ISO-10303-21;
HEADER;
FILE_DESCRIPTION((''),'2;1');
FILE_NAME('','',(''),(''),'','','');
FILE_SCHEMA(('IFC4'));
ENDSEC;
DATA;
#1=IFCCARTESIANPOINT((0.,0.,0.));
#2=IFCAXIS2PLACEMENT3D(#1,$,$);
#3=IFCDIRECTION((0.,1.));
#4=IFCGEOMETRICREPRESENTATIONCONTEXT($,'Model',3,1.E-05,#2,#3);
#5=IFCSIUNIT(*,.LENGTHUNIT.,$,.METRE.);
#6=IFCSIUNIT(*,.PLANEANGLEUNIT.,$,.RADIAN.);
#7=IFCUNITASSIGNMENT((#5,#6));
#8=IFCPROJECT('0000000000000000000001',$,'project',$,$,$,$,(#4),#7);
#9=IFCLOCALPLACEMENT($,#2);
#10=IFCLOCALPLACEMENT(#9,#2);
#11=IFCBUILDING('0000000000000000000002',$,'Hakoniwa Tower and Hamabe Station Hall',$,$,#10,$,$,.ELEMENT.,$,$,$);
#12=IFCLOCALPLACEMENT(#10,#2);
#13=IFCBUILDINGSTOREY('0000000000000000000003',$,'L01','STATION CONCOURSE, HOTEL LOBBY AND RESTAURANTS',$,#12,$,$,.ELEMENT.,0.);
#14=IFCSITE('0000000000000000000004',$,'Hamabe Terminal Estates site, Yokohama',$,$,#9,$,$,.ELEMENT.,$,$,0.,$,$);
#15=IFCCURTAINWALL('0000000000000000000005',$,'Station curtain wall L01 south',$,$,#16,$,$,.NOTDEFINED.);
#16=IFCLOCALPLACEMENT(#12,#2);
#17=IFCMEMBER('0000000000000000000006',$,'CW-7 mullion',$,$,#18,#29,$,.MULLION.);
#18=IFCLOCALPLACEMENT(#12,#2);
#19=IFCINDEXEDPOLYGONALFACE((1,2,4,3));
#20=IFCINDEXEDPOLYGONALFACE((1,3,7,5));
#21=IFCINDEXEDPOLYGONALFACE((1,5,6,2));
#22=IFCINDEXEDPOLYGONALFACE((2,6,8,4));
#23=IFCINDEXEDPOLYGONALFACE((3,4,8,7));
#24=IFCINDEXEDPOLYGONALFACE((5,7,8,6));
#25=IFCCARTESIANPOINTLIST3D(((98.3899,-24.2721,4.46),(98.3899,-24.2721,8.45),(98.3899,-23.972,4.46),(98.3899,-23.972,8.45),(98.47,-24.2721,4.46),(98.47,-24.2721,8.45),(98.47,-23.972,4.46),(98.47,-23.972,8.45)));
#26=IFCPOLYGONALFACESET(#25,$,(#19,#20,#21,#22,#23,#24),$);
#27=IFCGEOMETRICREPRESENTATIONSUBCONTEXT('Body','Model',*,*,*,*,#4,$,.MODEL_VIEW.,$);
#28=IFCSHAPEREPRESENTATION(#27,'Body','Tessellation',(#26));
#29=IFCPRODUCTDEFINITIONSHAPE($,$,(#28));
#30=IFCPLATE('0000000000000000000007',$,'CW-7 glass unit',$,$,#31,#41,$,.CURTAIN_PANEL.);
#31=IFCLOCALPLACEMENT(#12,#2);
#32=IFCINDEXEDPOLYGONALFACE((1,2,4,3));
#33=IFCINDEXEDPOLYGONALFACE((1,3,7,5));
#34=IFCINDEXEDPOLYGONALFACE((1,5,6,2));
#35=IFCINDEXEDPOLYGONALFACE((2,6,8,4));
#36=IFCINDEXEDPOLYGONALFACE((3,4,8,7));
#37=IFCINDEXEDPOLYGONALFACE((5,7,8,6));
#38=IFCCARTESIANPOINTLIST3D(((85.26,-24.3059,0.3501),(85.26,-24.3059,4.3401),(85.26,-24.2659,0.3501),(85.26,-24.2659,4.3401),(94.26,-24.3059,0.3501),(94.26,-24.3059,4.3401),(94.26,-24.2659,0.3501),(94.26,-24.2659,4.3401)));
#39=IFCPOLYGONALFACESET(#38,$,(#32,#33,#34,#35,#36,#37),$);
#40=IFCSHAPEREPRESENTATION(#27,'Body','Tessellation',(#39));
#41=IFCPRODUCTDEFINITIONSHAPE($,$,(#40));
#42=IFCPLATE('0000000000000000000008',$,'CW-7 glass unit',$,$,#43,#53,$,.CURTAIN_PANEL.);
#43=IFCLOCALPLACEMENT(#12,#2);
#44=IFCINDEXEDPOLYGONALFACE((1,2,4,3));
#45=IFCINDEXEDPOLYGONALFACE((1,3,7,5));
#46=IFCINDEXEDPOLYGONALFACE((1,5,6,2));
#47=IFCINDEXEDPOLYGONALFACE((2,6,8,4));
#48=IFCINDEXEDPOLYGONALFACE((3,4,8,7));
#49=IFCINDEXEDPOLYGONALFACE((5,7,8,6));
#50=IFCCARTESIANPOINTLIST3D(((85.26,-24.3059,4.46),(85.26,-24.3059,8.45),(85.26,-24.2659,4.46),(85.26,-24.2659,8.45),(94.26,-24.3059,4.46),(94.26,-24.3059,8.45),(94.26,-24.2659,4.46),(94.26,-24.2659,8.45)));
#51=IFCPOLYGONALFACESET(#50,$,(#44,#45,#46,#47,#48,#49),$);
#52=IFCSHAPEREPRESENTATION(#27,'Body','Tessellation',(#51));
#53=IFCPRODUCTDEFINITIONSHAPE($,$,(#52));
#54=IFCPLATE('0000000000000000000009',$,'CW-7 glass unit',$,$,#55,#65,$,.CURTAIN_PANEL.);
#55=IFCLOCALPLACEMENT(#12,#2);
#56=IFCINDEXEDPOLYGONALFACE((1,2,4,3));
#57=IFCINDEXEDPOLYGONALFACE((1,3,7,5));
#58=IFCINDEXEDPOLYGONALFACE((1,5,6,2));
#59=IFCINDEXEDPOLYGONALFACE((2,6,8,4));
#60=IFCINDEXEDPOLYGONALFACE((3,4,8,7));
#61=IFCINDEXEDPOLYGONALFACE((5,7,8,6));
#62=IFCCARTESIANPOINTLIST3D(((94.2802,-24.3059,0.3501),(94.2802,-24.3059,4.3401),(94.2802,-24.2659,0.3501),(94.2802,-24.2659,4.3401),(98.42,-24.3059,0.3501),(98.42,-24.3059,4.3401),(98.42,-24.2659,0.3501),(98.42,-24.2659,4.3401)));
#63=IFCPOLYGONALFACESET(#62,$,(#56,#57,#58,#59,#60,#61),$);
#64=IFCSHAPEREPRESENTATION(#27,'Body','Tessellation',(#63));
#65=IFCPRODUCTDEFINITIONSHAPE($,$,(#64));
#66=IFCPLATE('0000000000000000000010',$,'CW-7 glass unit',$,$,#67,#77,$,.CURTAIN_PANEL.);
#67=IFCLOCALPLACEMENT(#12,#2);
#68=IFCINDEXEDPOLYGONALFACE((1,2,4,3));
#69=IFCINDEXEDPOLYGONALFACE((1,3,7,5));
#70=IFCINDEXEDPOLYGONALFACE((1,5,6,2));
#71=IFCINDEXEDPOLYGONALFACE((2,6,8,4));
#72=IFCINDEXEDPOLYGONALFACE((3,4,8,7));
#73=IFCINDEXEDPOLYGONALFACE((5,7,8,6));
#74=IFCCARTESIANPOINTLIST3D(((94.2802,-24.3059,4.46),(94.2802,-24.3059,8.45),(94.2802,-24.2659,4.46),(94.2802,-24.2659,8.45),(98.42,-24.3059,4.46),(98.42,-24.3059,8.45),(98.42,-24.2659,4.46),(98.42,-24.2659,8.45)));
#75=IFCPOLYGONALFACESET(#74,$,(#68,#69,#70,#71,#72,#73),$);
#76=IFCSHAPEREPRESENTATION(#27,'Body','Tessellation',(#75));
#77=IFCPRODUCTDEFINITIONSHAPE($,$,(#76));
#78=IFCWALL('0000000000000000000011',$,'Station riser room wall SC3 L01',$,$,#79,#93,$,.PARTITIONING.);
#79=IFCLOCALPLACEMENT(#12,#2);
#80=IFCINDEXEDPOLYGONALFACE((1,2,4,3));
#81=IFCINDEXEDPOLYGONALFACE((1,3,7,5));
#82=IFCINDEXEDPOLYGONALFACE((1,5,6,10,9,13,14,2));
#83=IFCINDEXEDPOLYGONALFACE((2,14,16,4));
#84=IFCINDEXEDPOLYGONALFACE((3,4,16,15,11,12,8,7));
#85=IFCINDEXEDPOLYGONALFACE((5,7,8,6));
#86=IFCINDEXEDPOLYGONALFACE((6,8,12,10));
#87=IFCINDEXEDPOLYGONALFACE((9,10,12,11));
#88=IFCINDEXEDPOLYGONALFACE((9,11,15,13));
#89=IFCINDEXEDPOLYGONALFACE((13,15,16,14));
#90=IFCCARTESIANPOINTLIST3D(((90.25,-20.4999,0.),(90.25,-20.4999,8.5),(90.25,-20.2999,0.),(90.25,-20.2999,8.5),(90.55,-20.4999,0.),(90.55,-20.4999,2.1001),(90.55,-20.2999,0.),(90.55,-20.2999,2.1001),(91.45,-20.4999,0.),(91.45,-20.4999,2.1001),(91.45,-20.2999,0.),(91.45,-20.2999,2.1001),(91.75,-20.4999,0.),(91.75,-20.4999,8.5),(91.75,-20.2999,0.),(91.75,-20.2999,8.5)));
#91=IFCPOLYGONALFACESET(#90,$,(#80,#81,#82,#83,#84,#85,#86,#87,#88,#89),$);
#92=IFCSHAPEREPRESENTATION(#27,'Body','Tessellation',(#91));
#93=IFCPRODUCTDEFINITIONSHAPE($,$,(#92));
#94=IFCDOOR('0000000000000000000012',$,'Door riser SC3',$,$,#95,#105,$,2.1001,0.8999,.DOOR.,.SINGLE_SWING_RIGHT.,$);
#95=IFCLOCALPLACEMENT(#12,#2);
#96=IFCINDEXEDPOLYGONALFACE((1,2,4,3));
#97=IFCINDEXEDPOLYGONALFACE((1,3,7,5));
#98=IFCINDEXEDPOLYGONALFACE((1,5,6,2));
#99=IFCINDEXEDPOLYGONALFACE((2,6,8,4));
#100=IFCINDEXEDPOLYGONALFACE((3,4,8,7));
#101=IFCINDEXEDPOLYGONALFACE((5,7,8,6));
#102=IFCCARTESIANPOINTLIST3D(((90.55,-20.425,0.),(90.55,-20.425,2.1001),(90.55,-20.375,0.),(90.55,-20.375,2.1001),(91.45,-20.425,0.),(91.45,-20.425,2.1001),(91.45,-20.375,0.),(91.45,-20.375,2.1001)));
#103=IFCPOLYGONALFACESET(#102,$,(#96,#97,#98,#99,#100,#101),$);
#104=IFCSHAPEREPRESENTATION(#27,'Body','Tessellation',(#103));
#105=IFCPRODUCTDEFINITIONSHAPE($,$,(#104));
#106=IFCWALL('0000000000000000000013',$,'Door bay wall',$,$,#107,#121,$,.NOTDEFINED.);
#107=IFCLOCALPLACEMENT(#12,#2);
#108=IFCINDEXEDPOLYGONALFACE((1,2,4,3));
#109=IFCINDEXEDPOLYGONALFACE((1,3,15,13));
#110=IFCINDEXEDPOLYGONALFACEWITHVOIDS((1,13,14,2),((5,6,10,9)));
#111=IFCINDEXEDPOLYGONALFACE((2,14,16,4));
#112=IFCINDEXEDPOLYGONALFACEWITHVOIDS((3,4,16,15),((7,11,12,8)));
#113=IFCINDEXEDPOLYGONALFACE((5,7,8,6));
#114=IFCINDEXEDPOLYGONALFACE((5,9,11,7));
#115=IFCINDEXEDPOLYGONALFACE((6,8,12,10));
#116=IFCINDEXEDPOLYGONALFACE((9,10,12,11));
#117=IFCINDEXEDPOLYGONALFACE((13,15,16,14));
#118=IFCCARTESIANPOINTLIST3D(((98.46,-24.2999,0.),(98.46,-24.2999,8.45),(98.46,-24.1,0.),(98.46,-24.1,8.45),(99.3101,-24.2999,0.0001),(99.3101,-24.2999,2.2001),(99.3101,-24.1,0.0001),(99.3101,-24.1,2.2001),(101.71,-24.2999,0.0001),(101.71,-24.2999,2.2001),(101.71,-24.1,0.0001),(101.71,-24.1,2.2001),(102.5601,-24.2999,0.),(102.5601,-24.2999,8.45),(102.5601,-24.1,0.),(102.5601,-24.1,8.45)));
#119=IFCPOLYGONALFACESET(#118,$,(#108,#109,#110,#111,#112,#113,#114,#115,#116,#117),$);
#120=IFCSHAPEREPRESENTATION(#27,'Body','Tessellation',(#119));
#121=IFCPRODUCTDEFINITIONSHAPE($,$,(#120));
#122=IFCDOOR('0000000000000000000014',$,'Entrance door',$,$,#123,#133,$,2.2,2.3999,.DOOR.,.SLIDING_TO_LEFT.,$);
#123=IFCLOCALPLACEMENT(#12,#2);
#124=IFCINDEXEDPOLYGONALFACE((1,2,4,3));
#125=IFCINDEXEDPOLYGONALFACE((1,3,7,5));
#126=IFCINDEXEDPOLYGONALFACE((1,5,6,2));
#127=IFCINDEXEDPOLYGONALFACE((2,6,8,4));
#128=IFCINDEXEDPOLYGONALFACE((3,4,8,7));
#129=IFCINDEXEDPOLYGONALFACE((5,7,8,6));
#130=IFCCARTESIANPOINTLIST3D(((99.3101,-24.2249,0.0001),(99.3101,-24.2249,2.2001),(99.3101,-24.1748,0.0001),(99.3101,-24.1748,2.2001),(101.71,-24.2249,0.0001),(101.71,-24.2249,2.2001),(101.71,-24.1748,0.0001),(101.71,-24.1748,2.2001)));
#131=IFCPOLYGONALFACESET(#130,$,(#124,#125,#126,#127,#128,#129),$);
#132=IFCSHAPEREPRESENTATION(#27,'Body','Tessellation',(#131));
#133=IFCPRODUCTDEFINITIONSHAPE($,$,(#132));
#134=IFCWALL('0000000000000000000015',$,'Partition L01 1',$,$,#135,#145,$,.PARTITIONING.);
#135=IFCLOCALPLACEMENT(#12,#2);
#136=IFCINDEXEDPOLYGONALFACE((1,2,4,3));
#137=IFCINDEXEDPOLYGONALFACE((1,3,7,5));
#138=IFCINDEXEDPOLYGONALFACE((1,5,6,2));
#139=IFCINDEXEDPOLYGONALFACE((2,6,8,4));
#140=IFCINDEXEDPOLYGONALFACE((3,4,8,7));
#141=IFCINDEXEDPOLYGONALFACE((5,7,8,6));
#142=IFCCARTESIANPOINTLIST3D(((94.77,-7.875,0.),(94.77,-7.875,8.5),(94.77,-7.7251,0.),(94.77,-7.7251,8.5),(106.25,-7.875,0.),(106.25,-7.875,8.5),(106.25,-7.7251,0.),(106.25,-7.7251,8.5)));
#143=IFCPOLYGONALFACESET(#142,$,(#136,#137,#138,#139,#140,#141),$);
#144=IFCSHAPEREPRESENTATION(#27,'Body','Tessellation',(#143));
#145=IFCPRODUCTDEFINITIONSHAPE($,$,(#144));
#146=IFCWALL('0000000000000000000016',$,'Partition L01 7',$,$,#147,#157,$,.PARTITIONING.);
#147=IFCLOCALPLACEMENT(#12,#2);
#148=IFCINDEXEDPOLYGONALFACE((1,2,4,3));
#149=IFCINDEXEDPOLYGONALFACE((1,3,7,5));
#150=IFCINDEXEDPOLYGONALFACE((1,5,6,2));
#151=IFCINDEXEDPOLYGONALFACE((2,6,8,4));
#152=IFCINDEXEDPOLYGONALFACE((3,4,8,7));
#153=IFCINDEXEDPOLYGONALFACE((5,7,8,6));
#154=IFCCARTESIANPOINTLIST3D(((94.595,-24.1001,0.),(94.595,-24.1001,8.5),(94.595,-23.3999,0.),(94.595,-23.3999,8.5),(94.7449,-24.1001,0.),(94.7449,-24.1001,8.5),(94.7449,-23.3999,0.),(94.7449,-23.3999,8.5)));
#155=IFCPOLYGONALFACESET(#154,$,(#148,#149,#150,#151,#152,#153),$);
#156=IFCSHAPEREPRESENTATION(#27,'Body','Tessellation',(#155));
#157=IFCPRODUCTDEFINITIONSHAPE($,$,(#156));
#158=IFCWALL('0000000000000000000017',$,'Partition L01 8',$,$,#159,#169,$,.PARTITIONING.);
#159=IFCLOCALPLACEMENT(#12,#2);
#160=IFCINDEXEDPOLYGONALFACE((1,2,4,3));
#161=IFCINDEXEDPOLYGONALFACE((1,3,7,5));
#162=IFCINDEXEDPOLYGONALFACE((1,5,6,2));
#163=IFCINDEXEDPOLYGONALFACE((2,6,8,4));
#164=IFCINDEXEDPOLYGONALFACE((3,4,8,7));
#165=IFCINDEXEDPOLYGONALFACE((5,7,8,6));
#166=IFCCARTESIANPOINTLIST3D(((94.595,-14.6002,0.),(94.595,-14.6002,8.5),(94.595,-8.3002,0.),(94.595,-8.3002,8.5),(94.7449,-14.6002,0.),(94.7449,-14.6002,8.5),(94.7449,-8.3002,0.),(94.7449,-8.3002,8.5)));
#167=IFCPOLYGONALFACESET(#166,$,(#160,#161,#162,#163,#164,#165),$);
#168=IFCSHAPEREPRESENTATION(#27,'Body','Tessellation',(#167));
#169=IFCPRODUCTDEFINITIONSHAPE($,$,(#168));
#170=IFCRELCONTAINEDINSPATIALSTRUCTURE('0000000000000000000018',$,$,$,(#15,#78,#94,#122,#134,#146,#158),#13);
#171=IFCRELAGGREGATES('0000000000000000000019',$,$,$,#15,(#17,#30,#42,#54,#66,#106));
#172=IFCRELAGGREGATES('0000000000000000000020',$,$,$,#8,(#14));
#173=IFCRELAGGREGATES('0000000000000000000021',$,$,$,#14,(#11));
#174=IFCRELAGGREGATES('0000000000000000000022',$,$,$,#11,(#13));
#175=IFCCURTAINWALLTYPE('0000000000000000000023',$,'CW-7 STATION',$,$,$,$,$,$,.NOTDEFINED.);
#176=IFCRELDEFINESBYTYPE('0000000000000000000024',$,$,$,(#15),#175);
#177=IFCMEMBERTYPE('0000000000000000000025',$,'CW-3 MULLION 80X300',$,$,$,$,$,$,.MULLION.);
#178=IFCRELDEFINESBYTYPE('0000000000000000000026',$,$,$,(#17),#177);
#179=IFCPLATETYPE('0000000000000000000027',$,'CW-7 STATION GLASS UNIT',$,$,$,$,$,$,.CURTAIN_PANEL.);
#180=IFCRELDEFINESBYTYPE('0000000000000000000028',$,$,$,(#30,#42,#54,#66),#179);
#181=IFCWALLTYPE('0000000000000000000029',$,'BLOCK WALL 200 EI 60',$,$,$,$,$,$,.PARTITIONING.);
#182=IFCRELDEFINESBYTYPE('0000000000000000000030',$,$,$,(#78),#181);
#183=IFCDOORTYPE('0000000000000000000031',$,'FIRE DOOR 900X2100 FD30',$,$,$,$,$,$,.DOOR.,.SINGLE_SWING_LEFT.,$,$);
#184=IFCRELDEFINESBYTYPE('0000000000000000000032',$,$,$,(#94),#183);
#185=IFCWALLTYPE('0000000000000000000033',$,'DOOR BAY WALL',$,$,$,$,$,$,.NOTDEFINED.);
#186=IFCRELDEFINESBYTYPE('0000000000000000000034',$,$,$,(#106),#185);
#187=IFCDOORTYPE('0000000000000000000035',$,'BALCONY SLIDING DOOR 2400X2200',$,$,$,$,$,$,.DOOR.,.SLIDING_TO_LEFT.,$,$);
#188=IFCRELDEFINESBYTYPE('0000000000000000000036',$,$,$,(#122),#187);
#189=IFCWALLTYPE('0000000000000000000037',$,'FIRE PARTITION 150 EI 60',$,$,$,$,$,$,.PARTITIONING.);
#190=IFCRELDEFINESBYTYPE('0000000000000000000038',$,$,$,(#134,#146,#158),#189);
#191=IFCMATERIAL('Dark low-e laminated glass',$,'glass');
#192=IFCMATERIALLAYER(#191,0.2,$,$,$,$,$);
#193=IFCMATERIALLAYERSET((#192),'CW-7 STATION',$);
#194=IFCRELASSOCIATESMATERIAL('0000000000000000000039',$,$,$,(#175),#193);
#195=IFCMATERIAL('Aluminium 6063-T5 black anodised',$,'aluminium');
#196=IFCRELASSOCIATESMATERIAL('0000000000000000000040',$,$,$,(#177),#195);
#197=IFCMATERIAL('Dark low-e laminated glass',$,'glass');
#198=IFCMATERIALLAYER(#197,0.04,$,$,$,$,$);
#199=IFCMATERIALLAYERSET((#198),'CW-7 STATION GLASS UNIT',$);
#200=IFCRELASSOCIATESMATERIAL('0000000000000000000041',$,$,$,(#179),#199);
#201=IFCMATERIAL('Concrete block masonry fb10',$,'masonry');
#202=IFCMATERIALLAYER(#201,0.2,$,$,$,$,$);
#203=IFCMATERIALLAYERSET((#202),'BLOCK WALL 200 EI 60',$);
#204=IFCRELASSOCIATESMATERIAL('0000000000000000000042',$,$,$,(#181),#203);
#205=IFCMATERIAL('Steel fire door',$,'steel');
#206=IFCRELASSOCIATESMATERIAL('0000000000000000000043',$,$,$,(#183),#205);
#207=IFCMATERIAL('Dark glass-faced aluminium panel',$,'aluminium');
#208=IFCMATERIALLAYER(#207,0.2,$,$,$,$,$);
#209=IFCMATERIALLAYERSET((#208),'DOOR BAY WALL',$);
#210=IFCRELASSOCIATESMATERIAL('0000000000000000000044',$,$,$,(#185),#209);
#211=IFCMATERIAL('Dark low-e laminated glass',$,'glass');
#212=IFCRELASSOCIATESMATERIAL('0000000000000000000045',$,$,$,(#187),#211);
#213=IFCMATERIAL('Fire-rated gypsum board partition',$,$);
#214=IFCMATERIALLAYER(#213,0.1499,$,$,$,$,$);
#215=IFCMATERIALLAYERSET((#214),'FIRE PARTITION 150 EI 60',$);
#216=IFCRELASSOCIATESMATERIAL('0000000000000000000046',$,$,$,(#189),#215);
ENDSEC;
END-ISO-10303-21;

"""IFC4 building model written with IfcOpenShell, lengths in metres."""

from ifc_helpers import new_model, si_unit, direction, frame, frame_2d, origin, origin_2d, place, context, subcontext, project, spatial, rectangle, extrude, material, layer, layer_set, material_profile, profile_set, type_object, element, fill, aggregate, save


model = new_model("IFC4")

# Units and contexts
model_context = context("Model", 3, precision=1e-05, world=origin(), true_north=direction((0.0, 1.0)))
body_context = subcontext(model_context, "Body", "Model", "MODEL_VIEW")
ifc_project = project(units=[si_unit("LENGTHUNIT", "METRE"), si_unit("PLANEANGLEUNIT", "RADIAN")], contexts=[model_context])

# Site, building, storey
site_placement = place(None, origin())
site = spatial("IfcSite", under=ifc_project, at=site_placement, Name="Hamabe Terminal Estates site, Yokohama", CompositionType="ELEMENT", RefElevation=0.0)
building_placement = place(site_placement, origin())
building = spatial("IfcBuilding", under=site, at=building_placement, Name="Hakoniwa Tower and Hamabe Station Hall", CompositionType="ELEMENT")
storey_placement = place(building_placement, origin())
storey = spatial("IfcBuildingStorey", under=building, at=storey_placement, Name="L01", Description="STATION CONCOURSE, HOTEL LOBBY AND RESTAURANTS", CompositionType="ELEMENT", Elevation=0.0)

# Curtain wall, member, plates
ifc_material_1 = material(Name="Dark low-e laminated glass", Category="glass")
ifc_layer_1 = layer(ifc_material_1, 0.2)
ifc_layer_set_1 = layer_set([ifc_layer_1], Name="CW-7 STATION")
curtain_wall_type = type_object("IfcCurtainWallType", Name="CW-7 STATION", PredefinedType="NOTDEFINED", material=ifc_layer_set_1)
curtain_wall_placement = place(storey_placement, origin())
curtain_wall = element("IfcCurtainWall", 1, at=curtain_wall_placement, inside=storey, type_object=curtain_wall_type, Name="Station curtain wall L01 south", PredefinedType="NOTDEFINED")
ifc_material_2 = material(Name="Aluminium 6063-T5 black anodised", Category="aluminium")
ifc_material_profile_1 = material_profile(ifc_material_2, rectangle(XDim=0.0801, YDim=0.3, at=origin_2d()), Name="CW-3 MULLION 80X300")
ifc_profile_set_1 = profile_set([ifc_material_profile_1], Name="Aluminium 6063-T5 black anodised")
member_type_1 = type_object("IfcMemberType", Name="CW-3 MULLION 80X300", PredefinedType="MULLION", material=ifc_profile_set_1)
member_1_placement = place(storey_placement, frame((98.4299, -24.1221, 4.46), z_axis=(0.0, 0.0, 1.0), x_axis=(1.0, 0.0, 0.0)))
member_1 = element("IfcMember", 2, at=member_1_placement, type_object=member_type_1, Name="CW-7 mullion", PredefinedType="MULLION", context=body_context, shape_type="SweptSolid", body=[
    extrude(rectangle(XDim=0.0801, YDim=0.3, at=origin_2d()), origin(), (0.0, 0.0, 1.0), 3.99),
])
ifc_material_3 = material(Name="Dark low-e laminated glass", Category="glass")
ifc_layer_2 = layer(ifc_material_3, 0.04)
ifc_layer_set_2 = layer_set([ifc_layer_2], Name="CW-7 STATION GLASS UNIT")
plate_type = type_object("IfcPlateType", Name="CW-7 STATION GLASS UNIT", PredefinedType="CURTAIN_PANEL", material=ifc_layer_set_2)
plate_1_placement = place(storey_placement, frame((89.76, -24.2859, 0.3501), z_axis=(0.0, 0.0, 1.0), x_axis=(1.0, 0.0, 0.0)))
plate_1 = element("IfcPlate", 3, at=plate_1_placement, type_object=plate_type, Name="CW-7 glass unit", PredefinedType="CURTAIN_PANEL", context=body_context, shape_type="SweptSolid", body=[
    extrude(rectangle(XDim=9.0, YDim=0.04, at=origin_2d()), origin(), (0.0, 0.0, 1.0), 3.99),
])
plate_2_placement = place(storey_placement, frame((89.76, -24.2859, 4.46), z_axis=(0.0, 0.0, 1.0), x_axis=(1.0, 0.0, 0.0)))
plate_2 = element("IfcPlate", 4, at=plate_2_placement, type_object=plate_type, Name="CW-7 glass unit", PredefinedType="CURTAIN_PANEL", context=body_context, shape_type="SweptSolid", body=[
    extrude(rectangle(XDim=9.0, YDim=0.04, at=origin_2d()), origin(), (0.0, 0.0, 1.0), 3.99),
])
plate_3_placement = place(storey_placement, frame((96.3501, -24.2859, 0.3501), z_axis=(0.0, 0.0, 1.0), x_axis=(1.0, 0.0, 0.0)))
plate_3 = element("IfcPlate", 5, at=plate_3_placement, type_object=plate_type, Name="CW-7 glass unit", PredefinedType="CURTAIN_PANEL", context=body_context, shape_type="SweptSolid", body=[
    extrude(rectangle(XDim=4.1399, YDim=0.04, at=origin_2d()), origin(), (0.0, 0.0, 1.0), 3.99),
])
plate_4_placement = place(storey_placement, frame((96.3501, -24.2859, 4.46), z_axis=(0.0, 0.0, 1.0), x_axis=(1.0, 0.0, 0.0)))
plate_4 = element("IfcPlate", 6, at=plate_4_placement, type_object=plate_type, Name="CW-7 glass unit", PredefinedType="CURTAIN_PANEL", context=body_context, shape_type="SweptSolid", body=[
    extrude(rectangle(XDim=4.1399, YDim=0.04, at=origin_2d()), origin(), (0.0, 0.0, 1.0), 3.99),
])

# Walls, openings, doors
ifc_material_4 = material(Name="Concrete block masonry fb10", Category="masonry")
ifc_layer_3 = layer(ifc_material_4, 0.2)
ifc_layer_set_3 = layer_set([ifc_layer_3], Name="BLOCK WALL 200 EI 60")
wall_type_1 = type_object("IfcWallType", Name="BLOCK WALL 200 EI 60", PredefinedType="PARTITIONING", material=ifc_layer_set_3)
wall_1_placement = place(storey_placement, frame((90.25, -20.3999, 0.0), z_axis=(0.0, 0.0, 1.0), x_axis=(1.0, 0.0, 0.0)))
wall_1 = element("IfcWall", 7, at=wall_1_placement, inside=storey, type_object=wall_type_1, Name="Station riser room wall SC3 L01", PredefinedType="PARTITIONING", context=body_context, shape_type="SweptSolid", body=[
    extrude(rectangle(XDim=1.5, YDim=0.2, at=frame_2d((0.75, 0.0))), origin(), (0.0, 0.0, 1.0), 8.5),
])
opening_1_placement = place(wall_1_placement, frame((0.3, 0.0, 0.0)))
opening_1 = element("IfcOpeningElement", 8, at=opening_1_placement, cuts=wall_1, PredefinedType="OPENING", context=body_context, shape_type="SweptSolid", body=[
    extrude(rectangle(XDim=0.8999, YDim=2.1001, at=frame_2d((0.45, 1.05))), frame((0.0, 0.1099, 0.0), z_axis=(0.0, -1.0, 0.0), x_axis=(1.0, 0.0, 0.0)), (0.0, 0.0, 1.0), 0.22),
])
ifc_material_5 = material(Name="Steel fire door", Category="steel")
door_type_1 = type_object("IfcDoorType", Name="FIRE DOOR 900X2100 FD30", OperationType="SINGLE_SWING_LEFT", PredefinedType="DOOR", material=ifc_material_5)
door_1_placement = place(opening_1_placement, origin())
door_1 = element("IfcDoor", 9, at=door_1_placement, inside=storey, type_object=door_type_1, Name="Door riser SC3", OperationType="SINGLE_SWING_RIGHT", OverallHeight=2.1001, OverallWidth=0.8999, PredefinedType="DOOR", context=body_context, shape_type="SweptSolid", body=[
    extrude(rectangle(XDim=0.8999, YDim=2.1001, at=frame_2d((0.45, 1.05))), frame((0.0, 0.0249, 0.0), z_axis=(0.0, -1.0, 0.0), x_axis=(1.0, 0.0, 0.0)), (0.0, 0.0, 1.0), 0.05),
])
fill(opening_1, door_1)
ifc_material_6 = material(Name="Dark glass-faced aluminium panel", Category="aluminium")
ifc_layer_4 = layer(ifc_material_6, 0.2)
ifc_layer_set_4 = layer_set([ifc_layer_4], Name="DOOR BAY WALL")
wall_type_2 = type_object("IfcWallType", Name="DOOR BAY WALL", PredefinedType="NOTDEFINED", material=ifc_layer_set_4)
wall_2_placement = place(storey_placement, frame((98.46, -24.2, 0.0), z_axis=(0.0, 0.0, 1.0), x_axis=(1.0, 0.0, 0.0)))
wall_2 = element("IfcWall", 10, at=wall_2_placement, type_object=wall_type_2, Name="Door bay wall", PredefinedType="NOTDEFINED", context=body_context, shape_type="SweptSolid", body=[
    extrude(rectangle(XDim=4.1001, YDim=0.2, at=frame_2d((2.05, 0.0))), origin(), (0.0, 0.0, 1.0), 8.45),
])
opening_2_placement = place(wall_2_placement, frame((0.8501, 0.0, 0.0)))
opening_2 = element("IfcOpeningElement", 11, at=opening_2_placement, cuts=wall_2, PredefinedType="OPENING", context=body_context, shape_type="SweptSolid", body=[
    extrude(rectangle(XDim=2.3999, YDim=2.2, at=frame_2d((1.2, 1.1001))), frame((0.0, 0.1099, 0.0), z_axis=(0.0, -1.0, 0.0), x_axis=(1.0, 0.0, 0.0)), (0.0, 0.0, 1.0), 0.22),
])
ifc_material_7 = material(Name="Dark low-e laminated glass", Category="glass")
door_type_2 = type_object("IfcDoorType", Name="BALCONY SLIDING DOOR 2400X2200", OperationType="SLIDING_TO_LEFT", PredefinedType="DOOR", material=ifc_material_7)
door_2_placement = place(opening_2_placement, frame((2.3999, 0.0, 0.0), z_axis=(0.0, 0.0, 1.0), x_axis=(-1.0, 0.0, 0.0)))
door_2 = element("IfcDoor", 12, at=door_2_placement, inside=storey, type_object=door_type_2, Name="Entrance door", OperationType="SLIDING_TO_LEFT", OverallHeight=2.2, OverallWidth=2.3999, PredefinedType="DOOR", context=body_context, shape_type="SweptSolid", body=[
    extrude(rectangle(XDim=2.3999, YDim=2.2, at=frame_2d((1.2, 1.1001))), frame((0.0, 0.0249, 0.0), z_axis=(0.0, -1.0, 0.0), x_axis=(1.0, 0.0, 0.0)), (0.0, 0.0, 1.0), 0.05),
])
fill(opening_2, door_2)
aggregate(curtain_wall, [member_1, plate_1, plate_2, plate_3, plate_4, wall_2])

# Walls
ifc_material_8 = material(Name="Fire-rated gypsum board partition")
ifc_layer_5 = layer(ifc_material_8, 0.1499)
ifc_layer_set_5 = layer_set([ifc_layer_5], Name="FIRE PARTITION 150 EI 60")
wall_type_3 = type_object("IfcWallType", Name="FIRE PARTITION 150 EI 60", PredefinedType="PARTITIONING", material=ifc_layer_set_5)
wall_3_placement = place(storey_placement, frame((94.77, -7.8, 0.0), z_axis=(0.0, 0.0, 1.0), x_axis=(1.0, 0.0, 0.0)))
element("IfcWall", 13, at=wall_3_placement, inside=storey, type_object=wall_type_3, Name="Partition L01 1", PredefinedType="PARTITIONING", context=body_context, shape_type="SweptSolid", body=[
    extrude(rectangle(XDim=11.48, YDim=0.1499, at=frame_2d((5.74, 0.0))), origin(), (0.0, 0.0, 1.0), 8.5),
])
wall_4_placement = place(storey_placement, frame((94.6699, -24.1001, 0.0), z_axis=(0.0, 0.0, 1.0), x_axis=(0.0, 1.0, 0.0)))
element("IfcWall", 14, at=wall_4_placement, inside=storey, type_object=wall_type_3, Name="Partition L01 7", PredefinedType="PARTITIONING", context=body_context, shape_type="SweptSolid", body=[
    extrude(rectangle(XDim=0.7002, YDim=0.1499, at=frame_2d((0.3501, 0.0))), origin(), (0.0, 0.0, 1.0), 8.5),
])
wall_5_placement = place(storey_placement, frame((94.6699, -14.6001, 0.0), z_axis=(0.0, 0.0, 1.0), x_axis=(0.0, 1.0, 0.0)))
element("IfcWall", 15, at=wall_5_placement, inside=storey, type_object=wall_type_3, Name="Partition L01 8", PredefinedType="PARTITIONING", context=body_context, shape_type="SweptSolid", body=[
    extrude(rectangle(XDim=6.3, YDim=0.1499, at=frame_2d((3.1499, 0.0))), origin(), (0.0, 0.0, 1.0), 8.5),
])

save(model, "model.ifc")
